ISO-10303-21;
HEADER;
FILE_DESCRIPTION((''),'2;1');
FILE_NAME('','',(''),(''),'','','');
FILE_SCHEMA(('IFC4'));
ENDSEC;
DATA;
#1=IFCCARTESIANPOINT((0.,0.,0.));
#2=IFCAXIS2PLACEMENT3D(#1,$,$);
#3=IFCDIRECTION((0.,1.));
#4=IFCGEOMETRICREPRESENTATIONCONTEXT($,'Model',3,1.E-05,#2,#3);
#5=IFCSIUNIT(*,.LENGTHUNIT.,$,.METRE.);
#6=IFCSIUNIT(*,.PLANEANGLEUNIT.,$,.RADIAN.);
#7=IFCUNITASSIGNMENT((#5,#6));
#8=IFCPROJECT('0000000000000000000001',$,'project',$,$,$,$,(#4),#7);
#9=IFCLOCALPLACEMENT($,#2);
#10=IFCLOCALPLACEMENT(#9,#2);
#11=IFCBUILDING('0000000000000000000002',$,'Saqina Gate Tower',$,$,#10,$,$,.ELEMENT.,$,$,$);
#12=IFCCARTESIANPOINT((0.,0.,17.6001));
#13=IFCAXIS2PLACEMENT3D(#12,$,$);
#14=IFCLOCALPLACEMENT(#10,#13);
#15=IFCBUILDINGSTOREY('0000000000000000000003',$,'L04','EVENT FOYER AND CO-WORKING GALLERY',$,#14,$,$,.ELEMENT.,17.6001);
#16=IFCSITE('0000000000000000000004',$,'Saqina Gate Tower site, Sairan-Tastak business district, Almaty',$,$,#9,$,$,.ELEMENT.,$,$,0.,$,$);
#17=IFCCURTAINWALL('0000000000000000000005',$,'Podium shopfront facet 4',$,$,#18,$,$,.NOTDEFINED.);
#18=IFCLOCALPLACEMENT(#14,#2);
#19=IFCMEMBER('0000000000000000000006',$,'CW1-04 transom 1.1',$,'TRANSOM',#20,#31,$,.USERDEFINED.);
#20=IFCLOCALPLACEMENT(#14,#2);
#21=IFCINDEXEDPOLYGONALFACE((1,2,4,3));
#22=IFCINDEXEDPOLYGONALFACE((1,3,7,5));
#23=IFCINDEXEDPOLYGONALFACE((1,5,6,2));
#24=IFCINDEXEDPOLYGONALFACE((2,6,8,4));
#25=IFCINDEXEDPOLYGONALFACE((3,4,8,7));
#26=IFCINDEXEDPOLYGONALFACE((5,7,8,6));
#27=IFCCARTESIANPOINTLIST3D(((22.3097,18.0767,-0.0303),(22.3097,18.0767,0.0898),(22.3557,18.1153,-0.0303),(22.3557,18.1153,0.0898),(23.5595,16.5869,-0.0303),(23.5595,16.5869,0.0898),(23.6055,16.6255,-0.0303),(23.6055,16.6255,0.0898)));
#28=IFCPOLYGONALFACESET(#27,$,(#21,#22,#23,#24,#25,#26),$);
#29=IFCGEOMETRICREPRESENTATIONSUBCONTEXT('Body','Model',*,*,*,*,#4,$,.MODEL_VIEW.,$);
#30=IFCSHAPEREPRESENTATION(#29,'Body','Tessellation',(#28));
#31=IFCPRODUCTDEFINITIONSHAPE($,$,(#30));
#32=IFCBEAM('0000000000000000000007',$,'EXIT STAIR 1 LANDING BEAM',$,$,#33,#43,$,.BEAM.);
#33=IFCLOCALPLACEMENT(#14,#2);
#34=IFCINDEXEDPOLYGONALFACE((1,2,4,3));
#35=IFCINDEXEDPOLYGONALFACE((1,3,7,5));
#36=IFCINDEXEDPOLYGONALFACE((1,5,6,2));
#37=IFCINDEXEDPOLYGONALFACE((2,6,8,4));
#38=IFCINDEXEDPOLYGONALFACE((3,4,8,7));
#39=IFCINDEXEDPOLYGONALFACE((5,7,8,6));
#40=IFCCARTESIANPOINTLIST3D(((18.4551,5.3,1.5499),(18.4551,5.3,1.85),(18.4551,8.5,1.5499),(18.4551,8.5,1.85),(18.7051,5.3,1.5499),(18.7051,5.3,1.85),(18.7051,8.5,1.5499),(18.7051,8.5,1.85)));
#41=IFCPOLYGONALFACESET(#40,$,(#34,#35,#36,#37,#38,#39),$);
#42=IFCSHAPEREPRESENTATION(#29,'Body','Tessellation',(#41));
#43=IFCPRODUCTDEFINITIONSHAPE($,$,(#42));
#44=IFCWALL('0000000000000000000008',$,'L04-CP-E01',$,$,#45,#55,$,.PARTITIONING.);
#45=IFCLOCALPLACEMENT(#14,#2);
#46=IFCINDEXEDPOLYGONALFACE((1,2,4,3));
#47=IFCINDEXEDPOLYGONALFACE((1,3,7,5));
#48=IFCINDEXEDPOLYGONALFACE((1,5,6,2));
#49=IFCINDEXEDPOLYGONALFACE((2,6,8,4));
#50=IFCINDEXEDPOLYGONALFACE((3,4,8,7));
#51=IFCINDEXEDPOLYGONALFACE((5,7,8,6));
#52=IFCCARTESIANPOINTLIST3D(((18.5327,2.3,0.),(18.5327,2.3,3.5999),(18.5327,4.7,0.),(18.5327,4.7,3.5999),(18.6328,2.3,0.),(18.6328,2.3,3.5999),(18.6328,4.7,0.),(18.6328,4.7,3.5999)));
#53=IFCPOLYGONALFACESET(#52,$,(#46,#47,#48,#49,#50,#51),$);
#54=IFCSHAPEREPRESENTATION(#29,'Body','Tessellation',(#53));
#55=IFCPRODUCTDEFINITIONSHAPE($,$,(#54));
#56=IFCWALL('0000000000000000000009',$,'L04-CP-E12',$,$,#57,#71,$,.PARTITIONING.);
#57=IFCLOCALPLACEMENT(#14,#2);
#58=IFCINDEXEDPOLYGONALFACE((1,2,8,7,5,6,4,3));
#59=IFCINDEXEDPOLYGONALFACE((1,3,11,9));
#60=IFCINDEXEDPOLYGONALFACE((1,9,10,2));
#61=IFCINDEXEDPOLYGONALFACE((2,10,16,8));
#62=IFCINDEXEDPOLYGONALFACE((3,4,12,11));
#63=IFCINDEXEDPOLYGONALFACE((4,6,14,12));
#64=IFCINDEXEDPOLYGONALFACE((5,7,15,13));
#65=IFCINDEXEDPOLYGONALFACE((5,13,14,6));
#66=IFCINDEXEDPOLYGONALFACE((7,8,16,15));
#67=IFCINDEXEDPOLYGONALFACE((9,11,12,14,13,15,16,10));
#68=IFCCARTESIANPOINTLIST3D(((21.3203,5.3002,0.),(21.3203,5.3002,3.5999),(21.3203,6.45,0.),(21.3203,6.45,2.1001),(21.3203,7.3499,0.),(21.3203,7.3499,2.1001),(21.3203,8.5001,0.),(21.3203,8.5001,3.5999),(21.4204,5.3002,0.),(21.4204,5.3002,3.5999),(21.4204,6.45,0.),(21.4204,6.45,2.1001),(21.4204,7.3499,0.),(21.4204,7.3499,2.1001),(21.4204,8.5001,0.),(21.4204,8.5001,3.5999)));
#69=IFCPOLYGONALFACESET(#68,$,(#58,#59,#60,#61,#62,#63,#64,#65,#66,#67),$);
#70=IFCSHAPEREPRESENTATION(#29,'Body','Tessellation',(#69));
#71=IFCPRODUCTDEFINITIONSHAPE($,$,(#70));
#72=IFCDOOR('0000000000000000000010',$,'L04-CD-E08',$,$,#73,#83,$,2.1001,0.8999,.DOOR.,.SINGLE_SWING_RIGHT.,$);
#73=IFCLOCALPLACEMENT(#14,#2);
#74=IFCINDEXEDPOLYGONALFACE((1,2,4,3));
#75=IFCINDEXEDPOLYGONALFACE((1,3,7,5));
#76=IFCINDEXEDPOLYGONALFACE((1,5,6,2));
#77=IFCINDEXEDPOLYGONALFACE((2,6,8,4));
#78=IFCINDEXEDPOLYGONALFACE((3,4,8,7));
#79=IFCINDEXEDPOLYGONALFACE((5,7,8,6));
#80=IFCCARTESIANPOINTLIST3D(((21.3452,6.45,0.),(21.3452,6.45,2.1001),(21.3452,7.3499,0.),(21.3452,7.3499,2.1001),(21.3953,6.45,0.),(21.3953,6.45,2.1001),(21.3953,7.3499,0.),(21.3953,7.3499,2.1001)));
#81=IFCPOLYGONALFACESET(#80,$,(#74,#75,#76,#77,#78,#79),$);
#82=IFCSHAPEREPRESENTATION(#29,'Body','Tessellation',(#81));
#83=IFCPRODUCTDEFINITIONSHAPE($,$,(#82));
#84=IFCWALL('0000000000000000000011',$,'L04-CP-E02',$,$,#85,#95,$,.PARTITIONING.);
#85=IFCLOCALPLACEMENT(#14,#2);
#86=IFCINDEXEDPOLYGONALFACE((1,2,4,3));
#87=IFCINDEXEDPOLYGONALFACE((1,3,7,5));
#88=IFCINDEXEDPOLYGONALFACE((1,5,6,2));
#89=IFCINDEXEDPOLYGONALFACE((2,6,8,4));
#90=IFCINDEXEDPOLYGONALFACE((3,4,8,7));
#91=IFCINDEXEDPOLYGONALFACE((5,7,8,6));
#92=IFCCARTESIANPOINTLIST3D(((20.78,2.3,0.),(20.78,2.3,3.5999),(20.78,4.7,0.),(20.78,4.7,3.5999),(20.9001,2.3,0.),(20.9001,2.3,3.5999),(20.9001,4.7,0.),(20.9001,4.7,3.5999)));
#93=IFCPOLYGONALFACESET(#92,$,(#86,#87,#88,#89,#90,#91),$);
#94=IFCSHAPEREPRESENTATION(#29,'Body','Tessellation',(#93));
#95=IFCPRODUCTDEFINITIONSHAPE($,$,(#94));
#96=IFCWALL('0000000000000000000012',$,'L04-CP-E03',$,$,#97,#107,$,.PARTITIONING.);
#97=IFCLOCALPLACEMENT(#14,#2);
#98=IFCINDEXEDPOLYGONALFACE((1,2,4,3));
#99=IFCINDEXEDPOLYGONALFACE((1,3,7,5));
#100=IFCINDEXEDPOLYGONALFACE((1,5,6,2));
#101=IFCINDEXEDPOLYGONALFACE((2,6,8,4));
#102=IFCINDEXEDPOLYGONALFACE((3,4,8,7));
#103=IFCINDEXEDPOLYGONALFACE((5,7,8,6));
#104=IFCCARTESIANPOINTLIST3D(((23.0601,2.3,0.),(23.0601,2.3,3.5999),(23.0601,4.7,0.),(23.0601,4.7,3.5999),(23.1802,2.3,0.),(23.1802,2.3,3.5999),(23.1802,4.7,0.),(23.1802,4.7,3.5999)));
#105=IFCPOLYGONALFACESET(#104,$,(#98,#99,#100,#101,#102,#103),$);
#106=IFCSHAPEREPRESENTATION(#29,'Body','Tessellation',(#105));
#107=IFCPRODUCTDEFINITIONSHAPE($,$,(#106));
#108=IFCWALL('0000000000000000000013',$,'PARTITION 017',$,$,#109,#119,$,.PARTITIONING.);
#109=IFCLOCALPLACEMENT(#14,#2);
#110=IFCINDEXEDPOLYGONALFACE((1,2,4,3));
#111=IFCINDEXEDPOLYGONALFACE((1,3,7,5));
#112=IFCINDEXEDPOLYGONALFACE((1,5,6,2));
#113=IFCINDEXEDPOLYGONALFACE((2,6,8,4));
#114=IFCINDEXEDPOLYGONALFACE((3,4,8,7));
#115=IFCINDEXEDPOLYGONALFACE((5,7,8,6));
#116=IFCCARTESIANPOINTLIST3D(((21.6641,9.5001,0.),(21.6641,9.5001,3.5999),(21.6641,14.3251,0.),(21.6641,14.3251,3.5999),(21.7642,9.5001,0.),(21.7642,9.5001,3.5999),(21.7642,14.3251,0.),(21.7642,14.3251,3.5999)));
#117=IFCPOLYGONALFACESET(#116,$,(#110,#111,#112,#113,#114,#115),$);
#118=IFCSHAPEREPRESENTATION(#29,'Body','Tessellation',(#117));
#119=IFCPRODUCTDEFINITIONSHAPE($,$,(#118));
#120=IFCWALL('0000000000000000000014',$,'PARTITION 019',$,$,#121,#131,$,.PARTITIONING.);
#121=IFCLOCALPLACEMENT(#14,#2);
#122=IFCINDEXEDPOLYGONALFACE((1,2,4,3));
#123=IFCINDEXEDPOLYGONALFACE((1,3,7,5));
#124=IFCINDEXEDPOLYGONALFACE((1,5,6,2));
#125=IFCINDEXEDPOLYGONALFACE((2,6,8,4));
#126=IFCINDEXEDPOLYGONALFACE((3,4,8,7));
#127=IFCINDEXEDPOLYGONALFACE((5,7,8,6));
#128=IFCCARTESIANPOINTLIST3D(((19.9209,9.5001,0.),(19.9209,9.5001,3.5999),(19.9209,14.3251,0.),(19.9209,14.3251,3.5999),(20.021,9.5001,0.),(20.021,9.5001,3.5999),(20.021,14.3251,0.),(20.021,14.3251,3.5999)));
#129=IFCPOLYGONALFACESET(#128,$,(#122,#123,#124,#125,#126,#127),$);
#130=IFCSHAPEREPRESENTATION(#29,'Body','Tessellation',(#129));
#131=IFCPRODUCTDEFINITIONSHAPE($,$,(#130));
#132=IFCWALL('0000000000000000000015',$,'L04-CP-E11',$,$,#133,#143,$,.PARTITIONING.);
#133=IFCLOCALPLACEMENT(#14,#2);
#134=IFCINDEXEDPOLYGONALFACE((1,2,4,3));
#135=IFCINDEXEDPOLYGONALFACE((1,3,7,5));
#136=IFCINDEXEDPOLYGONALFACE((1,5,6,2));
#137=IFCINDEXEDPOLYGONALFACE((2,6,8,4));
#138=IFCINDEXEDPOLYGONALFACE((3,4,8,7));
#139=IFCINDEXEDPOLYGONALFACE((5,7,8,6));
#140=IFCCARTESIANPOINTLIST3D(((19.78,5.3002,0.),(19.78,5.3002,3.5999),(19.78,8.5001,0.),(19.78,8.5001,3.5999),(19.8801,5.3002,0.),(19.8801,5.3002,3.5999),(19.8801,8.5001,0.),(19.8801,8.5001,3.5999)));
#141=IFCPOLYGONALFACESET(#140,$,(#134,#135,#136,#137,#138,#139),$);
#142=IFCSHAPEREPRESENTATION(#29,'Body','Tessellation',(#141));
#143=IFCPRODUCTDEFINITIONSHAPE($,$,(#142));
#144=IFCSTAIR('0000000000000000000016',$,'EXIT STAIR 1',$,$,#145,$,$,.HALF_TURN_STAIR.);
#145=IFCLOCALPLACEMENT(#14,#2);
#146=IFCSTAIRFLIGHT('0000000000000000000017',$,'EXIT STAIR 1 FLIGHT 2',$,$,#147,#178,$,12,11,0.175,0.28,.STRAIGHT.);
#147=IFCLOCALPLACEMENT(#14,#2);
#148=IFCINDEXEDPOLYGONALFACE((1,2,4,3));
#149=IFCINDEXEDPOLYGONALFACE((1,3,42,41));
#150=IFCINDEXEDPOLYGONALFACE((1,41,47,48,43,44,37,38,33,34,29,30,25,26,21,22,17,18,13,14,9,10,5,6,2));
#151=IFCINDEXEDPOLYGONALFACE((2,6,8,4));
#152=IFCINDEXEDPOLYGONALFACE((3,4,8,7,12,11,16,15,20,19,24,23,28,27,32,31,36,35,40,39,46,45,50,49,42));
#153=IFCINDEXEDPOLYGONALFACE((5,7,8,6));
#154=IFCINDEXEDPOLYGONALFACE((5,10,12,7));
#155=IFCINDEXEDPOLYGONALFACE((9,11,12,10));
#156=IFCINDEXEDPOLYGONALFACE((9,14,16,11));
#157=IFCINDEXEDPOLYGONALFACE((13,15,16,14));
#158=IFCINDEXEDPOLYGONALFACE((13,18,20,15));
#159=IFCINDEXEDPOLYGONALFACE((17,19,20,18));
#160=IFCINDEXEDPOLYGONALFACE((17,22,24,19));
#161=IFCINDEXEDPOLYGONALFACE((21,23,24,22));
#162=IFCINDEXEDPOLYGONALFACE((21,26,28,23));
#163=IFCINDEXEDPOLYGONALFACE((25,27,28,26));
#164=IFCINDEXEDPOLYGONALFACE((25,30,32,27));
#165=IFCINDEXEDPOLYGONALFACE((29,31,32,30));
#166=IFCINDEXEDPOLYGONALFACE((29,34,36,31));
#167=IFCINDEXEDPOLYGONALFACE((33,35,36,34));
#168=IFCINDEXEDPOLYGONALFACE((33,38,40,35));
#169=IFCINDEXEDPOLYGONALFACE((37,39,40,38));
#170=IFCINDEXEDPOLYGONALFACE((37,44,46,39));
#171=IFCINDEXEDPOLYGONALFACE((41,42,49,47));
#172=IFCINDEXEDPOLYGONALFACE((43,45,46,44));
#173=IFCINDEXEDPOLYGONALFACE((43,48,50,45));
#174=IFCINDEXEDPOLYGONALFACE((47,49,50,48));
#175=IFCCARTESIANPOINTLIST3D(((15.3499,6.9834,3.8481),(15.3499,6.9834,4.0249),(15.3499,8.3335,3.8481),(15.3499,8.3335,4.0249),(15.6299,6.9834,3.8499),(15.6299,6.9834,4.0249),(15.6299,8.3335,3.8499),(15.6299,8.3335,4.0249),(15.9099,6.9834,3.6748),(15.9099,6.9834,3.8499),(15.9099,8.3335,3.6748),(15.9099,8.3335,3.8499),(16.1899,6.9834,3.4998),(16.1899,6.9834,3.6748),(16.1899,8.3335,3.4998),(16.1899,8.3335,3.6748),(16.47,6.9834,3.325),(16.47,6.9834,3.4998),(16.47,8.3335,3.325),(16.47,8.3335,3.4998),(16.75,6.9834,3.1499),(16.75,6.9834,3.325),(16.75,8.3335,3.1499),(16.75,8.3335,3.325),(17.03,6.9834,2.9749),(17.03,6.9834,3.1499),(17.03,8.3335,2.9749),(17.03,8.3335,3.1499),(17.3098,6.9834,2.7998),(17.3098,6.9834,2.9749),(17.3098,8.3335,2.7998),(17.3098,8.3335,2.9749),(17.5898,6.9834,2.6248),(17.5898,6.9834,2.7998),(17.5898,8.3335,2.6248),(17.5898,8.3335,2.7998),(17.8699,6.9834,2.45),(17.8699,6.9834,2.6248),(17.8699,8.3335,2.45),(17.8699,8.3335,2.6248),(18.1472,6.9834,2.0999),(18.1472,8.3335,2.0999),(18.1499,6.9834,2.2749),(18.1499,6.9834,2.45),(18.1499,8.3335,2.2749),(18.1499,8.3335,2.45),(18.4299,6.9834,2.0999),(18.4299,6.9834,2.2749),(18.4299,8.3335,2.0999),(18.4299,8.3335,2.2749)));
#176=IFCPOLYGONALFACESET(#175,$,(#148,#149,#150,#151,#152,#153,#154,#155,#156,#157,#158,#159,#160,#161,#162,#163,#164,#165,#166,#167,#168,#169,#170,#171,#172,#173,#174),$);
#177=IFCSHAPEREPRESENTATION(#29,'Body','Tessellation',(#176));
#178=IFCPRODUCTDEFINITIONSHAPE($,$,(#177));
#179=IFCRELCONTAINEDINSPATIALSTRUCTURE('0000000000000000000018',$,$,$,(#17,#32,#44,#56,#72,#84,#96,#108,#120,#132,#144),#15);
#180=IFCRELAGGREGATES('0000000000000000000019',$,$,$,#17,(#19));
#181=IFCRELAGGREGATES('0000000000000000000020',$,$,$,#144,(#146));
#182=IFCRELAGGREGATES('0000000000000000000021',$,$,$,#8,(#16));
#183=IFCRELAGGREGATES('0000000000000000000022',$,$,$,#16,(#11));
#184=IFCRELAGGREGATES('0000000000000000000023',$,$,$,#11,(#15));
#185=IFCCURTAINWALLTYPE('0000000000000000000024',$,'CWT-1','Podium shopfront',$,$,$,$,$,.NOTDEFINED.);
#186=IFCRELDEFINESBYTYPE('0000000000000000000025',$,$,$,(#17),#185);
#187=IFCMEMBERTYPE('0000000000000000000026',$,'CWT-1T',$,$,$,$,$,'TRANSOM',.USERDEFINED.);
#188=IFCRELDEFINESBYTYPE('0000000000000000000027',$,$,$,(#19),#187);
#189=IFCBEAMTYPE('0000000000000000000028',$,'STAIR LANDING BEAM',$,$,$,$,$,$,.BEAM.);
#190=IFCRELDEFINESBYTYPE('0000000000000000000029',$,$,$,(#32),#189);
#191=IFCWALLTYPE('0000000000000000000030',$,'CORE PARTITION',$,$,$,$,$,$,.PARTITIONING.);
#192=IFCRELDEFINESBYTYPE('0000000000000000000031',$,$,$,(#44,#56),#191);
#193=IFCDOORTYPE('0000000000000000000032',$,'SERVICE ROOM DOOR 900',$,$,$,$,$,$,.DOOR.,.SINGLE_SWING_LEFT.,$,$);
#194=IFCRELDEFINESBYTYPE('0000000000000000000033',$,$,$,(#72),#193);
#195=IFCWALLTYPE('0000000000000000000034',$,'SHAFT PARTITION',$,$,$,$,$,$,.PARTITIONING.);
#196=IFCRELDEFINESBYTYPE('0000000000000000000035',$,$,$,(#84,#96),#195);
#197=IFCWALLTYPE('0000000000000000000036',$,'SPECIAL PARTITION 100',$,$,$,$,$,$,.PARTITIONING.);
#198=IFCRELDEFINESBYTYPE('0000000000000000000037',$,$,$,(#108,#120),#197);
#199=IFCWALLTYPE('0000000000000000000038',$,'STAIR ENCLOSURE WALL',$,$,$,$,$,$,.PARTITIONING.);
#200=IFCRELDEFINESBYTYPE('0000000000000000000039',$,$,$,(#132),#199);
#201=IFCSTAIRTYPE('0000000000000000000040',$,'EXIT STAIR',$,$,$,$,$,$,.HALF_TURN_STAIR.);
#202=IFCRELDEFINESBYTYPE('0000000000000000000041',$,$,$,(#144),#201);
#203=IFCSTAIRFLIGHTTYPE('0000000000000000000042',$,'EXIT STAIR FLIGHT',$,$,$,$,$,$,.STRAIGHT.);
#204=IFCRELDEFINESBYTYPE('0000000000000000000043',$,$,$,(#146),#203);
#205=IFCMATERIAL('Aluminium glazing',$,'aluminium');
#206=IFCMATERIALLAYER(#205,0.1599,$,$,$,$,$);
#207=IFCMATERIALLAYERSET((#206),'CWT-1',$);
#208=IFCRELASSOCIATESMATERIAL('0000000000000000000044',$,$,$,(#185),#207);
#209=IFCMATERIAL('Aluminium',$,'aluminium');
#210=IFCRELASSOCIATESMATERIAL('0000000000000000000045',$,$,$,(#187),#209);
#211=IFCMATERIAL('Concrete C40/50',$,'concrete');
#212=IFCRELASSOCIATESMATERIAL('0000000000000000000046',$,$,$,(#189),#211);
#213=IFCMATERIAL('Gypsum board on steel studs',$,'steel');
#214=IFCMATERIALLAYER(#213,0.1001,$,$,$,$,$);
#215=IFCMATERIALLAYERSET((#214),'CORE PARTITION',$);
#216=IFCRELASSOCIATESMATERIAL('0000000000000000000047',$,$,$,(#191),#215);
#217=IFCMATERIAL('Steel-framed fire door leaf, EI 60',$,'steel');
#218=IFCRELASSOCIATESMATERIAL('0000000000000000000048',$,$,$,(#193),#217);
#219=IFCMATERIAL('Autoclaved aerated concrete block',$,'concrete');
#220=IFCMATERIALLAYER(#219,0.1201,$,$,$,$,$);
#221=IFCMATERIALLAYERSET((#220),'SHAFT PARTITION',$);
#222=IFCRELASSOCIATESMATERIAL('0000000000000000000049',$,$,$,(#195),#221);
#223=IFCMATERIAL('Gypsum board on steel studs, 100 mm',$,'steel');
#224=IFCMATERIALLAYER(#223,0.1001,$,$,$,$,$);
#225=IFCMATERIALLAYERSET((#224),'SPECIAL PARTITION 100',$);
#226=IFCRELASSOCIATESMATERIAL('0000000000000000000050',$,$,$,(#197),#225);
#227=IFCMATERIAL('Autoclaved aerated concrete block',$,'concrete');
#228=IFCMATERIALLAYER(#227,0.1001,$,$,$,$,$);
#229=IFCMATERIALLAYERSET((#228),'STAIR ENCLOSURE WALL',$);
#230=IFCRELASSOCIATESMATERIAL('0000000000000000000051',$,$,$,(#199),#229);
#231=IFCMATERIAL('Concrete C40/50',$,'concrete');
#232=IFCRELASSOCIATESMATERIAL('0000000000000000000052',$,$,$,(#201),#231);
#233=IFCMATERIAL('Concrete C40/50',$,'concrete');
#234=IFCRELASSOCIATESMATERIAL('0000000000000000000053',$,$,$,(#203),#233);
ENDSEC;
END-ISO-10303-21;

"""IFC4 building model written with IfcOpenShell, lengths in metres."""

from ifc_helpers import new_model, si_unit, direction, frame, frame_2d, origin, origin_2d, place, context, subcontext, project, spatial, polyline, rectangle, outline, extrude, material, layer, layer_set, material_profile, profile_set, type_object, element, fill, aggregate, save


model = new_model("IFC4")

# Units and contexts
model_context = context("Model", 3, precision=1e-05, world=origin(), true_north=direction((0.0, 1.0)))
body_context = subcontext(model_context, "Body", "Model", "MODEL_VIEW")
ifc_project = project(units=[si_unit("LENGTHUNIT", "METRE"), si_unit("PLANEANGLEUNIT", "RADIAN")], contexts=[model_context])

# Site, building, storey
site_placement = place(None, origin())
site = spatial("IfcSite", under=ifc_project, at=site_placement, Name="Saqina Gate Tower site, Sairan-Tastak business district, Almaty", CompositionType="ELEMENT", RefElevation=0.0)
building_placement = place(site_placement, origin())
building = spatial("IfcBuilding", under=site, at=building_placement, Name="Saqina Gate Tower", CompositionType="ELEMENT")
storey_placement = place(building_placement, frame((0.0, 0.0, 17.6001)))
storey = spatial("IfcBuildingStorey", under=building, at=storey_placement, Name="L04", Description="EVENT FOYER AND CO-WORKING GALLERY", CompositionType="ELEMENT", Elevation=17.6001)

# Curtain wall, member
ifc_material_1 = material(Name="Aluminium glazing", Category="aluminium")
ifc_layer_1 = layer(ifc_material_1, 0.1599)
ifc_layer_set_1 = layer_set([ifc_layer_1], Name="CWT-1")
curtain_wall_type = type_object("IfcCurtainWallType", Name="CWT-1", Description="Podium shopfront", PredefinedType="NOTDEFINED", material=ifc_layer_set_1)
curtain_wall_placement = place(storey_placement, origin())
curtain_wall = element("IfcCurtainWall", 1, at=curtain_wall_placement, inside=storey, type_object=curtain_wall_type, Name="Podium shopfront facet 4", PredefinedType="NOTDEFINED")
ifc_material_2 = material(Name="Aluminium", Category="aluminium")
ifc_material_profile_1 = material_profile(ifc_material_2, rectangle(XDim=0.0601, YDim=0.1201, at=origin_2d()), Name="Aluminium 60x120")
ifc_profile_set_1 = profile_set([ifc_material_profile_1], Name="Aluminium")
member_type = type_object("IfcMemberType", Name="CWT-1T", ElementType="TRANSOM", PredefinedType="USERDEFINED", material=ifc_profile_set_1)
member_placement = place(storey_placement, frame((23.5825, 16.6062, 0.0298), z_axis=(-0.6427, 0.766118, 0.0), x_axis=(-0.766118, -0.6427, 0.0)))
member = element("IfcMember", 2, at=member_placement, type_object=member_type, Name="CW1-04 transom 1.1", ObjectType="TRANSOM", PredefinedType="USERDEFINED", context=body_context, shape_type="SweptSolid", body=[
    extrude(rectangle(XDim=0.0601, YDim=0.1201, at=origin_2d()), origin(), (0.0, 0.0, 1.0), 1.9446),
])
aggregate(curtain_wall, [member])

# Beam
ifc_material_3 = material(Name="Concrete C40/50", Category="concrete")
ifc_material_profile_2 = material_profile(ifc_material_3, rectangle(XDim=0.25, YDim=0.3, at=origin_2d()), Name="STAIR LANDING BEAM")
ifc_profile_set_2 = profile_set([ifc_material_profile_2], Name="Concrete C40/50")
beam_type = type_object("IfcBeamType", Name="STAIR LANDING BEAM", PredefinedType="BEAM", material=ifc_profile_set_2)
beam_placement = place(storey_placement, frame((18.5801, 5.3, 1.7), z_axis=(0.0, 1.0, 0.0), x_axis=(-1.0, 0.0, 0.0)))
element("IfcBeam", 3, at=beam_placement, inside=storey, type_object=beam_type, Name="EXIT STAIR 1 LANDING BEAM", PredefinedType="BEAM", context=body_context, shape_type="SweptSolid", body=[
    extrude(rectangle(XDim=0.25, YDim=0.3, at=origin_2d()), origin(), (0.0, 0.0, 1.0), 3.2),
])

# Wall
ifc_material_4 = material(Name="Gypsum board on steel studs", Category="steel")
ifc_layer_2 = layer(ifc_material_4, 0.1001)
ifc_layer_set_2 = layer_set([ifc_layer_2], Name="CORE PARTITION")
wall_type_1 = type_object("IfcWallType", Name="CORE PARTITION", PredefinedType="PARTITIONING", material=ifc_layer_set_2)
wall_1_placement = place(storey_placement, frame((18.5828, 2.3, 0.0), z_axis=(0.0, 0.0, 1.0), x_axis=(0.0, 1.0, 0.0)))
element("IfcWall", 4, at=wall_1_placement, inside=storey, type_object=wall_type_1, Name="L04-CP-E01", PredefinedType="PARTITIONING", context=body_context, shape_type="SweptSolid", body=[
    extrude(rectangle(XDim=2.3999, YDim=0.1001, at=frame_2d((1.2, 0.0))), origin(), (0.0, 0.0, 1.0), 3.5999),
])

# Wall, opening, door
wall_2_placement = place(storey_placement, frame((21.3704, 5.3, 0.0), z_axis=(0.0, 0.0, 1.0), x_axis=(0.0, 1.0, 0.0)))
wall_2 = element("IfcWall", 5, at=wall_2_placement, inside=storey, type_object=wall_type_1, Name="L04-CP-E12", PredefinedType="PARTITIONING", context=body_context, shape_type="SweptSolid", body=[
    extrude(rectangle(XDim=3.2, YDim=0.1001, at=frame_2d((1.6001, 0.0))), origin(), (0.0, 0.0, 1.0), 3.5999),
])
opening_placement = place(wall_2_placement, frame((1.1499, 0.0, 0.0)))
opening = element("IfcOpeningElement", 6, at=opening_placement, cuts=wall_2, PredefinedType="OPENING", context=body_context, shape_type="SweptSolid", body=[
    extrude(rectangle(XDim=0.8999, YDim=2.1001, at=frame_2d((0.45, 1.05))), frame((0.0, 0.062, 0.0), z_axis=(0.0, -1.0, 0.0), x_axis=(1.0, 0.0, 0.0)), (0.0, 0.0, 1.0), 0.124),
])
ifc_material_5 = material(Name="Steel-framed fire door leaf, EI 60", Category="steel")
door_type = type_object("IfcDoorType", Name="SERVICE ROOM DOOR 900", OperationType="SINGLE_SWING_LEFT", PredefinedType="DOOR", material=ifc_material_5)
door_placement = place(opening_placement, frame((0.8999, 0.0, 0.0), z_axis=(0.0, 0.0, 1.0), x_axis=(-1.0, 0.0, 0.0)))
door = element("IfcDoor", 7, at=door_placement, inside=storey, type_object=door_type, Name="L04-CD-E08", OperationType="SINGLE_SWING_RIGHT", OverallHeight=2.1001, OverallWidth=0.8999, PredefinedType="DOOR", context=body_context, shape_type="SweptSolid", body=[
    extrude(rectangle(XDim=0.8999, YDim=2.1001, at=frame_2d((0.45, 1.05))), frame((0.0, 0.0249, 0.0), z_axis=(0.0, -1.0, 0.0), x_axis=(1.0, 0.0, 0.0)), (0.0, 0.0, 1.0), 0.05),
])
fill(opening, door)

# Walls
ifc_material_6 = material(Name="Autoclaved aerated concrete block", Category="concrete")
ifc_layer_3 = layer(ifc_material_6, 0.1201)
ifc_layer_set_3 = layer_set([ifc_layer_3], Name="SHAFT PARTITION")
wall_type_2 = type_object("IfcWallType", Name="SHAFT PARTITION", PredefinedType="PARTITIONING", material=ifc_layer_set_3)
for number, where, z_axis, x_axis, name in (
    (8, (20.8401, 2.3, 0.0), (0.0, 0.0, 1.0), (0.0, 1.0, 0.0), "L04-CP-E02"),
    (9, (23.1201, 2.3, 0.0), (0.0, 0.0, 1.0), (0.0, 1.0, 0.0), "L04-CP-E03"),
):
    element("IfcWall", number, at=place(storey_placement, frame(where, z_axis=z_axis, x_axis=x_axis)), inside=storey, type_object=wall_type_2, Name=name, PredefinedType="PARTITIONING", context=body_context, shape_type="SweptSolid", body=[
        extrude(rectangle(XDim=2.3999, YDim=0.1201, at=frame_2d((1.2, 0.0))), origin(), (0.0, 0.0, 1.0), 3.5999),
    ])
ifc_material_7 = material(Name="Gypsum board on steel studs, 100 mm", Category="steel")
ifc_layer_4 = layer(ifc_material_7, 0.1001)
ifc_layer_set_4 = layer_set([ifc_layer_4], Name="SPECIAL PARTITION 100")
wall_type_3 = type_object("IfcWallType", Name="SPECIAL PARTITION 100", PredefinedType="PARTITIONING", material=ifc_layer_set_4)
for number, where, z_axis, x_axis, name in (
    (10, (21.7141, 9.5, 0.0), (0.0, 0.0, 1.0), (0.0, 1.0, 0.0), "PARTITION 017"),
    (11, (19.9709, 9.5, 0.0), (0.0, 0.0, 1.0), (0.0, 1.0, 0.0), "PARTITION 019"),
):
    element("IfcWall", number, at=place(storey_placement, frame(where, z_axis=z_axis, x_axis=x_axis)), inside=storey, type_object=wall_type_3, Name=name, PredefinedType="PARTITIONING", context=body_context, shape_type="SweptSolid", body=[
        extrude(rectangle(XDim=4.825, YDim=0.1001, at=frame_2d((2.4126, 0.0))), origin(), (0.0, 0.0, 1.0), 3.5999),
    ])
ifc_material_8 = material(Name="Autoclaved aerated concrete block", Category="concrete")
ifc_layer_5 = layer(ifc_material_8, 0.1001)
ifc_layer_set_5 = layer_set([ifc_layer_5], Name="STAIR ENCLOSURE WALL")
wall_type_4 = type_object("IfcWallType", Name="STAIR ENCLOSURE WALL", PredefinedType="PARTITIONING", material=ifc_layer_set_5)
wall_3_placement = place(storey_placement, frame((19.8301, 5.3, 0.0), z_axis=(0.0, 0.0, 1.0), x_axis=(0.0, 1.0, 0.0)))
element("IfcWall", 12, at=wall_3_placement, inside=storey, type_object=wall_type_4, Name="L04-CP-E11", PredefinedType="PARTITIONING", context=body_context, shape_type="SweptSolid", body=[
    extrude(rectangle(XDim=3.2, YDim=0.1001, at=frame_2d((1.6001, 0.0))), origin(), (0.0, 0.0, 1.0), 3.5999),
])

# Stair, stair flight
ifc_material_9 = material(Name="Concrete C40/50", Category="concrete")
stair_type = type_object("IfcStairType", Name="EXIT STAIR", PredefinedType="HALF_TURN_STAIR", material=ifc_material_9)
stair_placement = place(storey_placement, origin())
stair = element("IfcStair", 13, at=stair_placement, inside=storey, type_object=stair_type, Name="EXIT STAIR 1", PredefinedType="HALF_TURN_STAIR")
ifc_material_10 = material(Name="Concrete C40/50", Category="concrete")
stair_flight_type = type_object("IfcStairFlightType", Name="EXIT STAIR FLIGHT", PredefinedType="STRAIGHT", material=ifc_material_10)
stair_flight_placement = place(storey_placement, frame((18.4299, 7.6584, 2.0999), z_axis=(0.0, 0.0, 1.0), x_axis=(-1.0, 0.0, 0.0)))
stair_flight = element("IfcStairFlight", 14, at=stair_flight_placement, type_object=stair_flight_type, Name="EXIT STAIR 1 FLIGHT 2", NumberOfRisers=12, NumberOfTreads=11, PredefinedType="STRAIGHT", RiserHeight=0.175, TreadLength=0.28, context=body_context, shape_type="SweptSolid", body=[
    extrude(outline(polyline([(0.0, 0.0), (0.0, 0.175), (0.28, 0.175), (0.28, 0.3501), (0.5601, 0.3501), (0.5601, 0.5249), (0.8401, 0.5249), (0.8401, 0.7), (1.1201, 0.7), (1.1201, 0.875), (1.3999, 0.875), (1.3999, 1.05), (1.6799, 1.05), (1.6799, 1.2251), (1.96, 1.2251), (1.96, 1.3999), (2.24, 1.3999), (2.24, 1.575), (2.52, 1.575), (2.52, 1.75), (2.8, 1.75), (2.8, 1.925), (3.0801, 1.925), (3.0801, 2.1001), (3.0801, 1.7483), (0.2827, 0.0), (0.0, 0.0)])), frame((0.0, 0.675, 0.0), z_axis=(0.0, -1.0, 0.0), x_axis=(1.0, 0.0, 0.0)), (0.0, 0.0, 1.0), 1.3501),
])
aggregate(stair, [stair_flight])

save(model, "model.ifc")
